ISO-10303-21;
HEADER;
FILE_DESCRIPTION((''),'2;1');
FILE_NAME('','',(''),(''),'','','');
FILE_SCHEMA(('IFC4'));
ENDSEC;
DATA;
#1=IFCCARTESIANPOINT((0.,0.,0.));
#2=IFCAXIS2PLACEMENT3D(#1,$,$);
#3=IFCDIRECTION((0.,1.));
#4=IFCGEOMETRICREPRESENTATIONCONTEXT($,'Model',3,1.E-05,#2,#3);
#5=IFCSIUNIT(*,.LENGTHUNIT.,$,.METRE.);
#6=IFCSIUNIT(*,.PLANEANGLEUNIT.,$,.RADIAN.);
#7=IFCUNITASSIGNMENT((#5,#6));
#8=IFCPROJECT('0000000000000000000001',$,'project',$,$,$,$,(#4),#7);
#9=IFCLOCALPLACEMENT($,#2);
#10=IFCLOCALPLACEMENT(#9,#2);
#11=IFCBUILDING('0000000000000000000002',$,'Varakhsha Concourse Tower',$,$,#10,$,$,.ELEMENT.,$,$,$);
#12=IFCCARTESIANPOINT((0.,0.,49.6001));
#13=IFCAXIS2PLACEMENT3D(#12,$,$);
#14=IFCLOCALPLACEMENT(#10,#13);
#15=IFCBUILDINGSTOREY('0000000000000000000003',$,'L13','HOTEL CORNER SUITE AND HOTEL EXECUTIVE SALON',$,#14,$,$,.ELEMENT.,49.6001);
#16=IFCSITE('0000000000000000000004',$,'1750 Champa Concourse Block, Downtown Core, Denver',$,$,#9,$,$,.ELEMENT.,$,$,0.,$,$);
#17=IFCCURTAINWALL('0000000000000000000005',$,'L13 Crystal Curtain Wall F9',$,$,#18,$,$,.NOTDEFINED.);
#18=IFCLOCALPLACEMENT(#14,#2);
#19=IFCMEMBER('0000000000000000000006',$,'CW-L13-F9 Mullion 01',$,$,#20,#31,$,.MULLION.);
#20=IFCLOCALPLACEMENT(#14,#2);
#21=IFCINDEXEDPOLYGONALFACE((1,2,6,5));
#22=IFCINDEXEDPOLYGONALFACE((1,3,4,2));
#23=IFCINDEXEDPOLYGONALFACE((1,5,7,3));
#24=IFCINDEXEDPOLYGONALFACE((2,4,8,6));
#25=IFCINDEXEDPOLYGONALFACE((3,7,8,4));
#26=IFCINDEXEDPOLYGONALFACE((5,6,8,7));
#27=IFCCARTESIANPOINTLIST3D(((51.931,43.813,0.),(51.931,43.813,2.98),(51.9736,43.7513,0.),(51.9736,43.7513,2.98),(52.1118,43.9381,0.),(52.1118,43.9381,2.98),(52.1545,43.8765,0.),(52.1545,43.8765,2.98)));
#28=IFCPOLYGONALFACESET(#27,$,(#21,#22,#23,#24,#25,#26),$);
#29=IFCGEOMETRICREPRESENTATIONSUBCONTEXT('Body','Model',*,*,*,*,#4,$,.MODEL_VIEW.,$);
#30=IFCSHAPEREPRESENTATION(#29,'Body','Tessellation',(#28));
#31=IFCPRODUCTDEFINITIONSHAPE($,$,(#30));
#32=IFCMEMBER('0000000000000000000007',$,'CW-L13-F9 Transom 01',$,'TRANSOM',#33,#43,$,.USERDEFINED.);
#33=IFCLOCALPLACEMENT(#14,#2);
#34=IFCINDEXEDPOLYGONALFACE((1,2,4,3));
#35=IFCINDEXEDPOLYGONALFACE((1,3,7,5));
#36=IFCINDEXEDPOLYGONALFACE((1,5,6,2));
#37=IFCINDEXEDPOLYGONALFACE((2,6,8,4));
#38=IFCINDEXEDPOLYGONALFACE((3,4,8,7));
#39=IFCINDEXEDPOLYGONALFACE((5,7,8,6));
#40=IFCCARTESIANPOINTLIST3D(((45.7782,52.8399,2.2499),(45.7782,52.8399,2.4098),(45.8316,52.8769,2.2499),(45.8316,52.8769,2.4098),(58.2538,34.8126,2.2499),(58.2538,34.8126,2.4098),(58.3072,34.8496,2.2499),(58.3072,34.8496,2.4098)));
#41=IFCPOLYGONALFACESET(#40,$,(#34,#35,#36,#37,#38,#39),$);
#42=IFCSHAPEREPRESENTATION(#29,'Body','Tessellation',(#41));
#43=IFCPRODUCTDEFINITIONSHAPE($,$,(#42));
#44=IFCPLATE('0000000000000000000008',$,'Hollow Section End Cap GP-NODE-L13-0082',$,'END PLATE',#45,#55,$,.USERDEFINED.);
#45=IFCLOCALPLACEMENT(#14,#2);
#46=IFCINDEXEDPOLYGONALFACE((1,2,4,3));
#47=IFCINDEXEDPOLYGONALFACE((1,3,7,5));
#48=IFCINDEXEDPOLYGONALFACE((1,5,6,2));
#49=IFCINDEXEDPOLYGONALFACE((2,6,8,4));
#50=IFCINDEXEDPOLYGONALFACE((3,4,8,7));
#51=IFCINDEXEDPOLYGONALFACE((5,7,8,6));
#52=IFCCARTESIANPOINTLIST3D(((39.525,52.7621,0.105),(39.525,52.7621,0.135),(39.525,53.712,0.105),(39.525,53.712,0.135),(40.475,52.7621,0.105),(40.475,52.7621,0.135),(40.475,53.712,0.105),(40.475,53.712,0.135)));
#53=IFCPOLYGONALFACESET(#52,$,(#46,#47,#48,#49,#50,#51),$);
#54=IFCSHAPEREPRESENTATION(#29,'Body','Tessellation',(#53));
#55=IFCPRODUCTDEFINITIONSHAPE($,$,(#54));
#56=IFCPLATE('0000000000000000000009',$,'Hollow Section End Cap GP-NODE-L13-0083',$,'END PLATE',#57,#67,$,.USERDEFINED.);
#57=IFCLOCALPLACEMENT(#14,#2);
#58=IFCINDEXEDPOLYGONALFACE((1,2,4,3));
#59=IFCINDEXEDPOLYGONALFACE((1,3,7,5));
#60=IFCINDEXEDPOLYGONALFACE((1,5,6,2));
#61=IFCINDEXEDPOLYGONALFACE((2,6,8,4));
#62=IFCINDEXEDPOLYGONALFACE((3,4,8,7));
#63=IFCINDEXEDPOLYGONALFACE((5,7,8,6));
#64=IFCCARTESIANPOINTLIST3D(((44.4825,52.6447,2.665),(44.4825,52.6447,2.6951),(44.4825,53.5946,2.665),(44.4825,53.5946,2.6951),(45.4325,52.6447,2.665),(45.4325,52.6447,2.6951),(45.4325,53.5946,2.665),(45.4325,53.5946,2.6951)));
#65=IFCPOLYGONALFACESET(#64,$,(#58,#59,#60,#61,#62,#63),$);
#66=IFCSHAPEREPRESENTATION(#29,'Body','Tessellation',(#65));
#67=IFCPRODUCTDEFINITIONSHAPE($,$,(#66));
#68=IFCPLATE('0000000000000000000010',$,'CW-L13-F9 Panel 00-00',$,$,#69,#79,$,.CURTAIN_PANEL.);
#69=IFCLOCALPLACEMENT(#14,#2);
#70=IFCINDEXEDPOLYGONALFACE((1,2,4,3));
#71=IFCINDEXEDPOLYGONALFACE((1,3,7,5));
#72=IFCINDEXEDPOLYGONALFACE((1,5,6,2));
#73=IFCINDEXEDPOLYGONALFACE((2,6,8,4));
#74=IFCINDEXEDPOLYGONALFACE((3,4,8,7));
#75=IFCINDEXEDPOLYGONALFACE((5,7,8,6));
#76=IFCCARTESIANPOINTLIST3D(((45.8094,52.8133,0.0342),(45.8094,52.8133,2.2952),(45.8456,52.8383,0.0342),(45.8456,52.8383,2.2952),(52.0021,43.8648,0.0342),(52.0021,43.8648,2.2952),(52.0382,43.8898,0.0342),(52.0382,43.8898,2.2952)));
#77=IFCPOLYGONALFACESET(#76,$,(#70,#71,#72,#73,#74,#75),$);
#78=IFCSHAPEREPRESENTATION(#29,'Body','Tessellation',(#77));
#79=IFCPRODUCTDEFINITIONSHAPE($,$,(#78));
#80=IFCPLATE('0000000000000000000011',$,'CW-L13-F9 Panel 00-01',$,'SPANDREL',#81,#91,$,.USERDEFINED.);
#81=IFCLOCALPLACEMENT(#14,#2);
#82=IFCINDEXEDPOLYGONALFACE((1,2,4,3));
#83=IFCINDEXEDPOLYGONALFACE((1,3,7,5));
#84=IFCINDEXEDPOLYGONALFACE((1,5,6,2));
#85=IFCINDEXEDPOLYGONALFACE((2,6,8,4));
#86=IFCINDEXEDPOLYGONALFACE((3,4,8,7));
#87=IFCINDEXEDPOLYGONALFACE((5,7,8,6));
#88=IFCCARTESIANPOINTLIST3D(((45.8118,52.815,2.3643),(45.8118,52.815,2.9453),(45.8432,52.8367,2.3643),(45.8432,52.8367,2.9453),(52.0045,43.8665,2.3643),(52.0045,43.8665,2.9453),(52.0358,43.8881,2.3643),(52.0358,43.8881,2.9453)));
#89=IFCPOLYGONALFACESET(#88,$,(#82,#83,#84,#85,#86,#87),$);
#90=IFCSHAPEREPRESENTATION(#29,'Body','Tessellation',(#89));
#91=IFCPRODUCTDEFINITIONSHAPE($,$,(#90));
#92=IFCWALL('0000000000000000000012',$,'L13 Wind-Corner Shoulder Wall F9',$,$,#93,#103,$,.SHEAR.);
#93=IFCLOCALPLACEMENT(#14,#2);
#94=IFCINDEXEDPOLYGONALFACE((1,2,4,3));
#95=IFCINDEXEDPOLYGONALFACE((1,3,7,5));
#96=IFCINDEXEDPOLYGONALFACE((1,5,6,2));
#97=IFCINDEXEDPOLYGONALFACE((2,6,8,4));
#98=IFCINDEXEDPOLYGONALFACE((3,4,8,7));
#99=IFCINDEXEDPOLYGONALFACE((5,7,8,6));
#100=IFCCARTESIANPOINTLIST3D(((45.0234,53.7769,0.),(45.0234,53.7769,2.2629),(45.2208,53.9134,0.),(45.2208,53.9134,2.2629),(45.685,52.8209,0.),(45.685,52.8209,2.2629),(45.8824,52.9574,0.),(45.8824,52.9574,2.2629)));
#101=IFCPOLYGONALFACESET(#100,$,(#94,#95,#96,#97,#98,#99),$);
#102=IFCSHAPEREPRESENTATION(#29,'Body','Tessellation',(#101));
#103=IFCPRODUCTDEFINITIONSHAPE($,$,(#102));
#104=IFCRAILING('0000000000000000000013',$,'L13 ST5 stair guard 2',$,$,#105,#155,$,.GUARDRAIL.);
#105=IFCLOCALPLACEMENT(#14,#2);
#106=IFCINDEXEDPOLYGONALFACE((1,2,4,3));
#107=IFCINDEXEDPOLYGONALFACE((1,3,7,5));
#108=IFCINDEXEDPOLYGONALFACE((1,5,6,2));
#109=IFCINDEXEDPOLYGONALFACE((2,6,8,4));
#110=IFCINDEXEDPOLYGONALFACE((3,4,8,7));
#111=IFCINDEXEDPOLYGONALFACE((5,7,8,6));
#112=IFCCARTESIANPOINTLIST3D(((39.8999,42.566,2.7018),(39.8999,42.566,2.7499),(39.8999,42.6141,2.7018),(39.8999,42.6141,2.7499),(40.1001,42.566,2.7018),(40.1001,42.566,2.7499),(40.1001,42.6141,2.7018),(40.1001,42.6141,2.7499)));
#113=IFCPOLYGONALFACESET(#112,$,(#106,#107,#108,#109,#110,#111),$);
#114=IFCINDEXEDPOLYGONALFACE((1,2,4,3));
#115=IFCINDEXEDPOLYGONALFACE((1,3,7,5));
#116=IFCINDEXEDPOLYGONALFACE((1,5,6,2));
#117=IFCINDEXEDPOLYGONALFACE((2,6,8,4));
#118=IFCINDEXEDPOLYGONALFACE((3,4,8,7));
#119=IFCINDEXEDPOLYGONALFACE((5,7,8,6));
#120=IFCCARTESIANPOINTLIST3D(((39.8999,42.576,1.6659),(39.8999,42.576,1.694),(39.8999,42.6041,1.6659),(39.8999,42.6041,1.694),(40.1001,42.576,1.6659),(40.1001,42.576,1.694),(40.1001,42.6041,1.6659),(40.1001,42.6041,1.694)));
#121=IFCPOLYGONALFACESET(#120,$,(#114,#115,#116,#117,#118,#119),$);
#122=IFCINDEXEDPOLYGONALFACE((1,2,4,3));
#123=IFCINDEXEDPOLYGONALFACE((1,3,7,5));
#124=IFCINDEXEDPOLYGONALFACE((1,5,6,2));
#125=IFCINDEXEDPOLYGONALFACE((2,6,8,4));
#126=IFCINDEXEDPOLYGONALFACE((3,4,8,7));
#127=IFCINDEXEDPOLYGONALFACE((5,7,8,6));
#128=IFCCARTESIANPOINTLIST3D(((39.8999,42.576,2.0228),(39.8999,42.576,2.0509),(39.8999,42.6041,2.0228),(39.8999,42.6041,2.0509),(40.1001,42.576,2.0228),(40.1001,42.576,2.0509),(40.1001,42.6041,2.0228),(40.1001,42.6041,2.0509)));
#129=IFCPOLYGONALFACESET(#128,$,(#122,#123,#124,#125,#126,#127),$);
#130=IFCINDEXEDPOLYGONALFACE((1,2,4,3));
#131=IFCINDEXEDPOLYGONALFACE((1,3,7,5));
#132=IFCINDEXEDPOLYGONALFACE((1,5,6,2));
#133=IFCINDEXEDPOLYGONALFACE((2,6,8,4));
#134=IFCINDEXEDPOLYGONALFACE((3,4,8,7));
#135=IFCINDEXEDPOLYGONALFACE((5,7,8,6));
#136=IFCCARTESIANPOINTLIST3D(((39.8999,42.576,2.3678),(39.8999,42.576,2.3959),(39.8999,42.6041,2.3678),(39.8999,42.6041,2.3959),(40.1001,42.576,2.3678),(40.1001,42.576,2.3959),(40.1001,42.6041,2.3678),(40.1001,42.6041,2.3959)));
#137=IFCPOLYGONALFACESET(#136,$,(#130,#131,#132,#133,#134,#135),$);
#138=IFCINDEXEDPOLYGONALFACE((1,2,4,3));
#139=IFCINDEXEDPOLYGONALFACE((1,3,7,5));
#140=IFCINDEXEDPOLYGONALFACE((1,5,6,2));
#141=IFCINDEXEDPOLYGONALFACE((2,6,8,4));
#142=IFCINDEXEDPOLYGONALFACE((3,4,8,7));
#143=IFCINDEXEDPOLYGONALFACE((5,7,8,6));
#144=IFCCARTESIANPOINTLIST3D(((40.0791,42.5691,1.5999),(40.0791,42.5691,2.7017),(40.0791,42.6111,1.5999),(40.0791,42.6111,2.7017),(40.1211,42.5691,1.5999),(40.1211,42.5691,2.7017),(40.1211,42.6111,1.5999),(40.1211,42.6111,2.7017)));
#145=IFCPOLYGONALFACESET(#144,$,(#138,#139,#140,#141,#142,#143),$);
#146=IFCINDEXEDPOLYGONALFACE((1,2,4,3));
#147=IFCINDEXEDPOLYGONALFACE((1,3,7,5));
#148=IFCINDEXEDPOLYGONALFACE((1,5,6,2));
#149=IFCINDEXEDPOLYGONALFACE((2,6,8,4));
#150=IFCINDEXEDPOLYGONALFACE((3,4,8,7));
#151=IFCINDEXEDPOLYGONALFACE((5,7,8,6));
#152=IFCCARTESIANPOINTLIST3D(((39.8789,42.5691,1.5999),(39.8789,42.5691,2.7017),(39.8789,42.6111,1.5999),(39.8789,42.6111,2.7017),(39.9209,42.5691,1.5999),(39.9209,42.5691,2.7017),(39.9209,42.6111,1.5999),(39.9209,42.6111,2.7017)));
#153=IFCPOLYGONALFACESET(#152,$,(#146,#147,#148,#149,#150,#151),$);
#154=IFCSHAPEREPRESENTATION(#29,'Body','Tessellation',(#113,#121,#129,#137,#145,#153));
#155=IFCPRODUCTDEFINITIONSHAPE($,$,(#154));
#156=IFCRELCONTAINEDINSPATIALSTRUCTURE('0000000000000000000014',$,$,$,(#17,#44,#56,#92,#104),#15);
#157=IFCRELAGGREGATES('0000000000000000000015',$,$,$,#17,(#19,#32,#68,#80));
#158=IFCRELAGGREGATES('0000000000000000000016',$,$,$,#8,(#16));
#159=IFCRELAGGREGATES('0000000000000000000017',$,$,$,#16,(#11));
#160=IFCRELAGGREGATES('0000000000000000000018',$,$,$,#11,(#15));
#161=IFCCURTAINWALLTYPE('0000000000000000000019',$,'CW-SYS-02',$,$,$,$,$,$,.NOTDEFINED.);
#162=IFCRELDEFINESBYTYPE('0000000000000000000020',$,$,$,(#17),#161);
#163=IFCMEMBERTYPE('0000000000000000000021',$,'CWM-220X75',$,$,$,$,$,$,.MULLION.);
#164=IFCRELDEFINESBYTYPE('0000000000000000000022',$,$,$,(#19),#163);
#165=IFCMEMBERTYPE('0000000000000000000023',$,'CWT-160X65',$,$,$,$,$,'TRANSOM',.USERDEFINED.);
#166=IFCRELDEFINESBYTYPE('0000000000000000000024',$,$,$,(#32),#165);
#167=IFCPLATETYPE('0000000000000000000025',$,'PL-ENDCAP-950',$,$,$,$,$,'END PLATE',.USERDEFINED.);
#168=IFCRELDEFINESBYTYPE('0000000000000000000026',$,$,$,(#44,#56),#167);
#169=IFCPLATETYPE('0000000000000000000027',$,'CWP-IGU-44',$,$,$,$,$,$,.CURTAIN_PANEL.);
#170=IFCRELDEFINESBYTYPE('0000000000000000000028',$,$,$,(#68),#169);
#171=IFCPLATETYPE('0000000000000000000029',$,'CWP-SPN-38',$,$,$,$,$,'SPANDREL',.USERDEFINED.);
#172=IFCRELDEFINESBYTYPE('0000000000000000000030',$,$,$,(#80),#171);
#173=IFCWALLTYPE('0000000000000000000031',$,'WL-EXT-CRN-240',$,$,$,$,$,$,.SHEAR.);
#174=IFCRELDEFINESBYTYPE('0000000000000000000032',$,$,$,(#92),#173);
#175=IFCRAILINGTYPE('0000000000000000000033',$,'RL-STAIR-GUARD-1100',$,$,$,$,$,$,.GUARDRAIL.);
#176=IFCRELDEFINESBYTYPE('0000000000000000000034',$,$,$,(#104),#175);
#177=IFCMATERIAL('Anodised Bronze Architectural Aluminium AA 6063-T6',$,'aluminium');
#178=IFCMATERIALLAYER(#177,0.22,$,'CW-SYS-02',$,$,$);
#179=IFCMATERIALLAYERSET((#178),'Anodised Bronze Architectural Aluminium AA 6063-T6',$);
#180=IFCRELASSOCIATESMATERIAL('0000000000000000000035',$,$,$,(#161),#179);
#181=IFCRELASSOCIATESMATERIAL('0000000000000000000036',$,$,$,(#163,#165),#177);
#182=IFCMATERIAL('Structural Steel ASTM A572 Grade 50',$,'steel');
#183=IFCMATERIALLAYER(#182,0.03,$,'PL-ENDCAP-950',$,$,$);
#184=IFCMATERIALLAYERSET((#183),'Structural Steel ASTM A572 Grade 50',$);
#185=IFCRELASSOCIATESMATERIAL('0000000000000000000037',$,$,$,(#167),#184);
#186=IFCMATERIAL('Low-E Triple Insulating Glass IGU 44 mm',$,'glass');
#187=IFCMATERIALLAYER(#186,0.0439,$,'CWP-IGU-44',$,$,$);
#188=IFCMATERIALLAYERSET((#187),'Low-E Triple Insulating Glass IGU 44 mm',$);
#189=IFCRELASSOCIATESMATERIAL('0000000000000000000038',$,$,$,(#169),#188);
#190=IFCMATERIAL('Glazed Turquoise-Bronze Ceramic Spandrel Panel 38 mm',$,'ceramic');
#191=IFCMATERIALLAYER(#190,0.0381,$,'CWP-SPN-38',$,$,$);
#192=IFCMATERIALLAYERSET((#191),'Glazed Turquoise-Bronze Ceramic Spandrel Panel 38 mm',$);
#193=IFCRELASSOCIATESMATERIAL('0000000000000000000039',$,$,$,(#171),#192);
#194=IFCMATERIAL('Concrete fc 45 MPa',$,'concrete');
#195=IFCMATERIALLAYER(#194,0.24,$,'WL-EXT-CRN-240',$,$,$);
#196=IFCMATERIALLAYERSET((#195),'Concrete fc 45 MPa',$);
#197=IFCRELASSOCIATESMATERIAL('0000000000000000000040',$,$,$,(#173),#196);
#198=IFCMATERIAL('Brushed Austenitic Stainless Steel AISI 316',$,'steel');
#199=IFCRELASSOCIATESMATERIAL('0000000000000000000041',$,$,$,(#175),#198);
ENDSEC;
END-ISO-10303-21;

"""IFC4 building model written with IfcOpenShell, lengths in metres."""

from ifc_helpers import new_model, si_unit, direction, frame, frame_2d, origin, origin_2d, place, context, subcontext, project, spatial, rectangle, extrude, source, transform, mapped, material, layer, layer_set, material_profile, profile_set, type_object, type_shapes, element, aggregate, save


model = new_model("IFC4")

# Units and contexts
model_context = context("Model", 3, precision=1e-05, world=origin(), true_north=direction((0.0, 1.0)))
body_context = subcontext(model_context, "Body", "Model", "MODEL_VIEW")
ifc_project = project(units=[si_unit("LENGTHUNIT", "METRE"), si_unit("PLANEANGLEUNIT", "RADIAN")], contexts=[model_context])

# Site, building, storey
site_placement = place(None, origin())
site = spatial("IfcSite", under=ifc_project, at=site_placement, Name="1750 Champa Concourse Block, Downtown Core, Denver", CompositionType="ELEMENT", RefElevation=0.0)
building_placement = place(site_placement, origin())
building = spatial("IfcBuilding", under=site, at=building_placement, Name="Varakhsha Concourse Tower", CompositionType="ELEMENT")
storey_placement = place(building_placement, frame((0.0, 0.0, 49.6001)))
storey = spatial("IfcBuildingStorey", under=building, at=storey_placement, Name="L13", Description="HOTEL CORNER SUITE AND HOTEL EXECUTIVE SALON", CompositionType="ELEMENT", Elevation=49.6001)

# Shared definitions
ifc_material_1 = material(Name="Structural Steel ASTM A572 Grade 50", Category="steel")

# Curtain wall, members
ifc_material_2 = material(Name="Anodised Bronze Architectural Aluminium AA 6063-T6", Category="aluminium")
ifc_layer_1 = layer(ifc_material_2, 0.22, Name="CW-SYS-02")
ifc_layer_set_1 = layer_set([ifc_layer_1], Name="Anodised Bronze Architectural Aluminium AA 6063-T6")
curtain_wall_type = type_object("IfcCurtainWallType", Name="CW-SYS-02", PredefinedType="NOTDEFINED", material=ifc_layer_set_1)
curtain_wall_placement = place(storey_placement, origin())
curtain_wall = element("IfcCurtainWall", 1, at=curtain_wall_placement, inside=storey, type_object=curtain_wall_type, Name="L13 Crystal Curtain Wall F9", PredefinedType="NOTDEFINED")
ifc_material_profile_1 = material_profile(ifc_material_2, rectangle(XDim=0.075, YDim=0.22, at=origin_2d()), Name="CWM-220X75")
ifc_profile_set_1 = profile_set([ifc_material_profile_1], Name="Anodised Bronze Architectural Aluminium AA 6063-T6")
member_type_1 = type_object("IfcMemberType", Name="CWM-220X75", PredefinedType="MULLION", material=ifc_profile_set_1)
shared_shape_1 = source(origin(), body_context, "Body", "SweptSolid", [
    extrude(rectangle(XDim=0.075, YDim=0.22, at=origin_2d()), origin(), (0.0, 0.0, 1.0), 2.98),
])
type_shapes(member_type_1, [shared_shape_1])
member_1_placement = place(storey_placement, frame((52.0427, 43.8447, 0.0), z_axis=(0.0, 0.0, 1.0), x_axis=(0.569057, -0.822298, 0.0)))
member_1 = element("IfcMember", 2, at=member_1_placement, type_object=member_type_1, Name="CW-L13-F9 Mullion 01", PredefinedType="MULLION", context=body_context, shape_type="MappedRepresentation", body=[
    mapped(shared_shape_1, transform((0.0, 0.0, 0.0), scale=1.0)),
])
ifc_material_profile_2 = material_profile(ifc_material_2, rectangle(XDim=0.0649, YDim=0.1599, at=origin_2d()), Name="CWT-160X65")
ifc_profile_set_2 = profile_set([ifc_material_profile_2], Name="Anodised Bronze Architectural Aluminium AA 6063-T6")
member_type_2 = type_object("IfcMemberType", Name="CWT-160X65", ElementType="TRANSOM", PredefinedType="USERDEFINED", material=ifc_profile_set_2)
shared_shape_2 = source(origin(), body_context, "Body", "SweptSolid", [
    extrude(rectangle(XDim=0.0649, YDim=0.1599, at=origin_2d()), origin(), (0.0, 0.0, 1.0), 21.9231),
])
type_shapes(member_type_2, [shared_shape_2])
member_2_placement = place(storey_placement, frame((45.8049, 52.8584, 2.3298), z_axis=(0.569059, -0.822296, 0.0), x_axis=(0.822296, 0.569059, 0.0)))
member_2 = element("IfcMember", 3, at=member_2_placement, type_object=member_type_2, Name="CW-L13-F9 Transom 01", ObjectType="TRANSOM", PredefinedType="USERDEFINED", context=body_context, shape_type="MappedRepresentation", body=[
    mapped(shared_shape_2, transform((0.0, 0.0, 0.0), scale=1.0)),
])

# Plates
ifc_layer_2 = layer(ifc_material_1, 0.03, Name="PL-ENDCAP-950")
ifc_layer_set_2 = layer_set([ifc_layer_2], Name="Structural Steel ASTM A572 Grade 50")
plate_type_1 = type_object("IfcPlateType", Name="PL-ENDCAP-950", ElementType="END PLATE", PredefinedType="USERDEFINED", material=ifc_layer_set_2)
shared_shape_3 = source(origin(), body_context, "Body", "SweptSolid", [
    extrude(rectangle(XDim=0.95, YDim=0.95, at=origin_2d()), origin(), (0.0, 0.0, 1.0), 0.03),
])
type_shapes(plate_type_1, [shared_shape_3])
for number, where, z_axis, x_axis, name in (
    (4, (40.0, 53.2371, 0.105), (0.0, 0.0, 1.0), (1.0, 0.0, 0.0), "Hollow Section End Cap GP-NODE-L13-0082"),
    (5, (44.9575, 53.1196, 2.665), (0.0, 0.0, 1.0), (1.0, 0.0, 0.0), "Hollow Section End Cap GP-NODE-L13-0083"),
):
    element("IfcPlate", number, at=place(storey_placement, frame(where, z_axis=z_axis, x_axis=x_axis)), inside=storey, type_object=plate_type_1, Name=name, ObjectType="END PLATE", PredefinedType="USERDEFINED", context=body_context, shape_type="MappedRepresentation", body=[
        mapped(shared_shape_3, transform((0.0, 0.0, 0.0), scale=1.0)),
    ])

# Plates
ifc_material_3 = material(Name="Low-E Triple Insulating Glass IGU 44 mm", Category="glass")
ifc_layer_3 = layer(ifc_material_3, 0.0439, Name="CWP-IGU-44")
ifc_layer_set_3 = layer_set([ifc_layer_3], Name="Low-E Triple Insulating Glass IGU 44 mm")
plate_type_2 = type_object("IfcPlateType", Name="CWP-IGU-44", PredefinedType="CURTAIN_PANEL", material=ifc_layer_set_3)
shared_shape_4 = source(origin(), body_context, "Body", "SweptSolid", [
    extrude(rectangle(XDim=10.8823, YDim=0.0439, at=origin_2d()), origin(), (0.0, 0.0, 1.0), 2.261),
])
type_shapes(plate_type_2, [shared_shape_4])
plate_1_placement = place(storey_placement, frame((48.9238, 48.3516, 0.0342), z_axis=(0.0, 0.0, 1.0), x_axis=(0.569057, -0.822298, 0.0)))
plate_1 = element("IfcPlate", 6, at=plate_1_placement, type_object=plate_type_2, Name="CW-L13-F9 Panel 00-00", PredefinedType="CURTAIN_PANEL", context=body_context, shape_type="MappedRepresentation", body=[
    mapped(shared_shape_4, transform((0.0, 0.0, 0.0), scale=1.0)),
])
ifc_material_4 = material(Name="Glazed Turquoise-Bronze Ceramic Spandrel Panel 38 mm", Category="ceramic")
ifc_layer_4 = layer(ifc_material_4, 0.0381, Name="CWP-SPN-38")
ifc_layer_set_4 = layer_set([ifc_layer_4], Name="Glazed Turquoise-Bronze Ceramic Spandrel Panel 38 mm")
plate_type_3 = type_object("IfcPlateType", Name="CWP-SPN-38", ElementType="SPANDREL", PredefinedType="USERDEFINED", material=ifc_layer_set_4)
shared_shape_5 = source(origin(), body_context, "Body", "SweptSolid", [
    extrude(rectangle(XDim=10.8823, YDim=0.0381, at=origin_2d()), origin(), (0.0, 0.0, 1.0), 0.5811),
])
type_shapes(plate_type_3, [shared_shape_5])
plate_2_placement = place(storey_placement, frame((48.9238, 48.3516, 2.3643), z_axis=(0.0, 0.0, 1.0), x_axis=(0.569057, -0.822298, 0.0)))
plate_2 = element("IfcPlate", 7, at=plate_2_placement, type_object=plate_type_3, Name="CW-L13-F9 Panel 00-01", ObjectType="SPANDREL", PredefinedType="USERDEFINED", context=body_context, shape_type="MappedRepresentation", body=[
    mapped(shared_shape_5, transform((0.0, 0.0, 0.0), scale=1.0)),
])
aggregate(curtain_wall, [member_1, member_2, plate_1, plate_2])

# Wall
ifc_material_5 = material(Name="Concrete fc 45 MPa", Category="concrete")
ifc_layer_5 = layer(ifc_material_5, 0.24, Name="WL-EXT-CRN-240")
ifc_layer_set_5 = layer_set([ifc_layer_5], Name="Concrete fc 45 MPa")
wall_type = type_object("IfcWallType", Name="WL-EXT-CRN-240", PredefinedType="SHEAR", material=ifc_layer_set_5)
wall_placement = place(storey_placement, frame((45.7837, 52.8892, 0.0), z_axis=(0.0, 0.0, 1.0), x_axis=(-0.569057, 0.822298, 0.0)))
element("IfcWall", 8, at=wall_placement, inside=storey, type_object=wall_type, Name="L13 Wind-Corner Shoulder Wall F9", PredefinedType="SHEAR", context=body_context, shape_type="SweptSolid", body=[
    extrude(rectangle(XDim=1.1626, YDim=0.24, at=frame_2d((0.5813, 0.0))), origin(), (0.0, 0.0, 1.0), 2.2629),
])

# Railing
ifc_material_6 = material(Name="Brushed Austenitic Stainless Steel AISI 316", Category="steel")
railing_type = type_object("IfcRailingType", Name="RL-STAIR-GUARD-1100", PredefinedType="GUARDRAIL", material=ifc_material_6)
railing_1_placement = place(storey_placement, frame((40.1001, 42.5901, 1.5999)))
element("IfcRailing", 9, at=railing_1_placement, inside=storey, type_object=railing_type, Name="L13 ST5 stair guard 2", PredefinedType="GUARDRAIL", context=body_context, shape_type="SweptSolid", body=[
    extrude(rectangle(XDim=0.0481, YDim=0.0481, at=origin_2d()), frame((0.0, 0.0, 1.126), z_axis=(-1.0, 0.0, 0.0), x_axis=(0.0, -1.0, 0.0)), (0.0, 0.0, 1.0), 0.2002),
    extrude(rectangle(XDim=0.0281, YDim=0.0281, at=origin_2d()), frame((0.0, 0.0, 0.0801), z_axis=(-1.0, 0.0, 0.0), x_axis=(0.0, -1.0, 0.0)), (0.0, 0.0, 1.0), 0.2002),
    extrude(rectangle(XDim=0.0281, YDim=0.0281, at=origin_2d()), frame((0.0, 0.0, 0.437), z_axis=(-1.0, 0.0, 0.0), x_axis=(0.0, -1.0, 0.0)), (0.0, 0.0, 1.0), 0.2002),
    extrude(rectangle(XDim=0.0281, YDim=0.0281, at=origin_2d()), frame((0.0, 0.0, 0.782), z_axis=(-1.0, 0.0, 0.0), x_axis=(0.0, -1.0, 0.0)), (0.0, 0.0, 1.0), 0.2002),
    extrude(rectangle(XDim=0.042, YDim=0.042, at=origin_2d()), origin(), (0.0, 0.0, 1.0), 1.1018),
    extrude(rectangle(XDim=0.042, YDim=0.042, at=origin_2d()), frame((-0.2002, 0.0, 0.0)), (0.0, 0.0, 1.0), 1.1018),
])

save(model, "model.ifc")
